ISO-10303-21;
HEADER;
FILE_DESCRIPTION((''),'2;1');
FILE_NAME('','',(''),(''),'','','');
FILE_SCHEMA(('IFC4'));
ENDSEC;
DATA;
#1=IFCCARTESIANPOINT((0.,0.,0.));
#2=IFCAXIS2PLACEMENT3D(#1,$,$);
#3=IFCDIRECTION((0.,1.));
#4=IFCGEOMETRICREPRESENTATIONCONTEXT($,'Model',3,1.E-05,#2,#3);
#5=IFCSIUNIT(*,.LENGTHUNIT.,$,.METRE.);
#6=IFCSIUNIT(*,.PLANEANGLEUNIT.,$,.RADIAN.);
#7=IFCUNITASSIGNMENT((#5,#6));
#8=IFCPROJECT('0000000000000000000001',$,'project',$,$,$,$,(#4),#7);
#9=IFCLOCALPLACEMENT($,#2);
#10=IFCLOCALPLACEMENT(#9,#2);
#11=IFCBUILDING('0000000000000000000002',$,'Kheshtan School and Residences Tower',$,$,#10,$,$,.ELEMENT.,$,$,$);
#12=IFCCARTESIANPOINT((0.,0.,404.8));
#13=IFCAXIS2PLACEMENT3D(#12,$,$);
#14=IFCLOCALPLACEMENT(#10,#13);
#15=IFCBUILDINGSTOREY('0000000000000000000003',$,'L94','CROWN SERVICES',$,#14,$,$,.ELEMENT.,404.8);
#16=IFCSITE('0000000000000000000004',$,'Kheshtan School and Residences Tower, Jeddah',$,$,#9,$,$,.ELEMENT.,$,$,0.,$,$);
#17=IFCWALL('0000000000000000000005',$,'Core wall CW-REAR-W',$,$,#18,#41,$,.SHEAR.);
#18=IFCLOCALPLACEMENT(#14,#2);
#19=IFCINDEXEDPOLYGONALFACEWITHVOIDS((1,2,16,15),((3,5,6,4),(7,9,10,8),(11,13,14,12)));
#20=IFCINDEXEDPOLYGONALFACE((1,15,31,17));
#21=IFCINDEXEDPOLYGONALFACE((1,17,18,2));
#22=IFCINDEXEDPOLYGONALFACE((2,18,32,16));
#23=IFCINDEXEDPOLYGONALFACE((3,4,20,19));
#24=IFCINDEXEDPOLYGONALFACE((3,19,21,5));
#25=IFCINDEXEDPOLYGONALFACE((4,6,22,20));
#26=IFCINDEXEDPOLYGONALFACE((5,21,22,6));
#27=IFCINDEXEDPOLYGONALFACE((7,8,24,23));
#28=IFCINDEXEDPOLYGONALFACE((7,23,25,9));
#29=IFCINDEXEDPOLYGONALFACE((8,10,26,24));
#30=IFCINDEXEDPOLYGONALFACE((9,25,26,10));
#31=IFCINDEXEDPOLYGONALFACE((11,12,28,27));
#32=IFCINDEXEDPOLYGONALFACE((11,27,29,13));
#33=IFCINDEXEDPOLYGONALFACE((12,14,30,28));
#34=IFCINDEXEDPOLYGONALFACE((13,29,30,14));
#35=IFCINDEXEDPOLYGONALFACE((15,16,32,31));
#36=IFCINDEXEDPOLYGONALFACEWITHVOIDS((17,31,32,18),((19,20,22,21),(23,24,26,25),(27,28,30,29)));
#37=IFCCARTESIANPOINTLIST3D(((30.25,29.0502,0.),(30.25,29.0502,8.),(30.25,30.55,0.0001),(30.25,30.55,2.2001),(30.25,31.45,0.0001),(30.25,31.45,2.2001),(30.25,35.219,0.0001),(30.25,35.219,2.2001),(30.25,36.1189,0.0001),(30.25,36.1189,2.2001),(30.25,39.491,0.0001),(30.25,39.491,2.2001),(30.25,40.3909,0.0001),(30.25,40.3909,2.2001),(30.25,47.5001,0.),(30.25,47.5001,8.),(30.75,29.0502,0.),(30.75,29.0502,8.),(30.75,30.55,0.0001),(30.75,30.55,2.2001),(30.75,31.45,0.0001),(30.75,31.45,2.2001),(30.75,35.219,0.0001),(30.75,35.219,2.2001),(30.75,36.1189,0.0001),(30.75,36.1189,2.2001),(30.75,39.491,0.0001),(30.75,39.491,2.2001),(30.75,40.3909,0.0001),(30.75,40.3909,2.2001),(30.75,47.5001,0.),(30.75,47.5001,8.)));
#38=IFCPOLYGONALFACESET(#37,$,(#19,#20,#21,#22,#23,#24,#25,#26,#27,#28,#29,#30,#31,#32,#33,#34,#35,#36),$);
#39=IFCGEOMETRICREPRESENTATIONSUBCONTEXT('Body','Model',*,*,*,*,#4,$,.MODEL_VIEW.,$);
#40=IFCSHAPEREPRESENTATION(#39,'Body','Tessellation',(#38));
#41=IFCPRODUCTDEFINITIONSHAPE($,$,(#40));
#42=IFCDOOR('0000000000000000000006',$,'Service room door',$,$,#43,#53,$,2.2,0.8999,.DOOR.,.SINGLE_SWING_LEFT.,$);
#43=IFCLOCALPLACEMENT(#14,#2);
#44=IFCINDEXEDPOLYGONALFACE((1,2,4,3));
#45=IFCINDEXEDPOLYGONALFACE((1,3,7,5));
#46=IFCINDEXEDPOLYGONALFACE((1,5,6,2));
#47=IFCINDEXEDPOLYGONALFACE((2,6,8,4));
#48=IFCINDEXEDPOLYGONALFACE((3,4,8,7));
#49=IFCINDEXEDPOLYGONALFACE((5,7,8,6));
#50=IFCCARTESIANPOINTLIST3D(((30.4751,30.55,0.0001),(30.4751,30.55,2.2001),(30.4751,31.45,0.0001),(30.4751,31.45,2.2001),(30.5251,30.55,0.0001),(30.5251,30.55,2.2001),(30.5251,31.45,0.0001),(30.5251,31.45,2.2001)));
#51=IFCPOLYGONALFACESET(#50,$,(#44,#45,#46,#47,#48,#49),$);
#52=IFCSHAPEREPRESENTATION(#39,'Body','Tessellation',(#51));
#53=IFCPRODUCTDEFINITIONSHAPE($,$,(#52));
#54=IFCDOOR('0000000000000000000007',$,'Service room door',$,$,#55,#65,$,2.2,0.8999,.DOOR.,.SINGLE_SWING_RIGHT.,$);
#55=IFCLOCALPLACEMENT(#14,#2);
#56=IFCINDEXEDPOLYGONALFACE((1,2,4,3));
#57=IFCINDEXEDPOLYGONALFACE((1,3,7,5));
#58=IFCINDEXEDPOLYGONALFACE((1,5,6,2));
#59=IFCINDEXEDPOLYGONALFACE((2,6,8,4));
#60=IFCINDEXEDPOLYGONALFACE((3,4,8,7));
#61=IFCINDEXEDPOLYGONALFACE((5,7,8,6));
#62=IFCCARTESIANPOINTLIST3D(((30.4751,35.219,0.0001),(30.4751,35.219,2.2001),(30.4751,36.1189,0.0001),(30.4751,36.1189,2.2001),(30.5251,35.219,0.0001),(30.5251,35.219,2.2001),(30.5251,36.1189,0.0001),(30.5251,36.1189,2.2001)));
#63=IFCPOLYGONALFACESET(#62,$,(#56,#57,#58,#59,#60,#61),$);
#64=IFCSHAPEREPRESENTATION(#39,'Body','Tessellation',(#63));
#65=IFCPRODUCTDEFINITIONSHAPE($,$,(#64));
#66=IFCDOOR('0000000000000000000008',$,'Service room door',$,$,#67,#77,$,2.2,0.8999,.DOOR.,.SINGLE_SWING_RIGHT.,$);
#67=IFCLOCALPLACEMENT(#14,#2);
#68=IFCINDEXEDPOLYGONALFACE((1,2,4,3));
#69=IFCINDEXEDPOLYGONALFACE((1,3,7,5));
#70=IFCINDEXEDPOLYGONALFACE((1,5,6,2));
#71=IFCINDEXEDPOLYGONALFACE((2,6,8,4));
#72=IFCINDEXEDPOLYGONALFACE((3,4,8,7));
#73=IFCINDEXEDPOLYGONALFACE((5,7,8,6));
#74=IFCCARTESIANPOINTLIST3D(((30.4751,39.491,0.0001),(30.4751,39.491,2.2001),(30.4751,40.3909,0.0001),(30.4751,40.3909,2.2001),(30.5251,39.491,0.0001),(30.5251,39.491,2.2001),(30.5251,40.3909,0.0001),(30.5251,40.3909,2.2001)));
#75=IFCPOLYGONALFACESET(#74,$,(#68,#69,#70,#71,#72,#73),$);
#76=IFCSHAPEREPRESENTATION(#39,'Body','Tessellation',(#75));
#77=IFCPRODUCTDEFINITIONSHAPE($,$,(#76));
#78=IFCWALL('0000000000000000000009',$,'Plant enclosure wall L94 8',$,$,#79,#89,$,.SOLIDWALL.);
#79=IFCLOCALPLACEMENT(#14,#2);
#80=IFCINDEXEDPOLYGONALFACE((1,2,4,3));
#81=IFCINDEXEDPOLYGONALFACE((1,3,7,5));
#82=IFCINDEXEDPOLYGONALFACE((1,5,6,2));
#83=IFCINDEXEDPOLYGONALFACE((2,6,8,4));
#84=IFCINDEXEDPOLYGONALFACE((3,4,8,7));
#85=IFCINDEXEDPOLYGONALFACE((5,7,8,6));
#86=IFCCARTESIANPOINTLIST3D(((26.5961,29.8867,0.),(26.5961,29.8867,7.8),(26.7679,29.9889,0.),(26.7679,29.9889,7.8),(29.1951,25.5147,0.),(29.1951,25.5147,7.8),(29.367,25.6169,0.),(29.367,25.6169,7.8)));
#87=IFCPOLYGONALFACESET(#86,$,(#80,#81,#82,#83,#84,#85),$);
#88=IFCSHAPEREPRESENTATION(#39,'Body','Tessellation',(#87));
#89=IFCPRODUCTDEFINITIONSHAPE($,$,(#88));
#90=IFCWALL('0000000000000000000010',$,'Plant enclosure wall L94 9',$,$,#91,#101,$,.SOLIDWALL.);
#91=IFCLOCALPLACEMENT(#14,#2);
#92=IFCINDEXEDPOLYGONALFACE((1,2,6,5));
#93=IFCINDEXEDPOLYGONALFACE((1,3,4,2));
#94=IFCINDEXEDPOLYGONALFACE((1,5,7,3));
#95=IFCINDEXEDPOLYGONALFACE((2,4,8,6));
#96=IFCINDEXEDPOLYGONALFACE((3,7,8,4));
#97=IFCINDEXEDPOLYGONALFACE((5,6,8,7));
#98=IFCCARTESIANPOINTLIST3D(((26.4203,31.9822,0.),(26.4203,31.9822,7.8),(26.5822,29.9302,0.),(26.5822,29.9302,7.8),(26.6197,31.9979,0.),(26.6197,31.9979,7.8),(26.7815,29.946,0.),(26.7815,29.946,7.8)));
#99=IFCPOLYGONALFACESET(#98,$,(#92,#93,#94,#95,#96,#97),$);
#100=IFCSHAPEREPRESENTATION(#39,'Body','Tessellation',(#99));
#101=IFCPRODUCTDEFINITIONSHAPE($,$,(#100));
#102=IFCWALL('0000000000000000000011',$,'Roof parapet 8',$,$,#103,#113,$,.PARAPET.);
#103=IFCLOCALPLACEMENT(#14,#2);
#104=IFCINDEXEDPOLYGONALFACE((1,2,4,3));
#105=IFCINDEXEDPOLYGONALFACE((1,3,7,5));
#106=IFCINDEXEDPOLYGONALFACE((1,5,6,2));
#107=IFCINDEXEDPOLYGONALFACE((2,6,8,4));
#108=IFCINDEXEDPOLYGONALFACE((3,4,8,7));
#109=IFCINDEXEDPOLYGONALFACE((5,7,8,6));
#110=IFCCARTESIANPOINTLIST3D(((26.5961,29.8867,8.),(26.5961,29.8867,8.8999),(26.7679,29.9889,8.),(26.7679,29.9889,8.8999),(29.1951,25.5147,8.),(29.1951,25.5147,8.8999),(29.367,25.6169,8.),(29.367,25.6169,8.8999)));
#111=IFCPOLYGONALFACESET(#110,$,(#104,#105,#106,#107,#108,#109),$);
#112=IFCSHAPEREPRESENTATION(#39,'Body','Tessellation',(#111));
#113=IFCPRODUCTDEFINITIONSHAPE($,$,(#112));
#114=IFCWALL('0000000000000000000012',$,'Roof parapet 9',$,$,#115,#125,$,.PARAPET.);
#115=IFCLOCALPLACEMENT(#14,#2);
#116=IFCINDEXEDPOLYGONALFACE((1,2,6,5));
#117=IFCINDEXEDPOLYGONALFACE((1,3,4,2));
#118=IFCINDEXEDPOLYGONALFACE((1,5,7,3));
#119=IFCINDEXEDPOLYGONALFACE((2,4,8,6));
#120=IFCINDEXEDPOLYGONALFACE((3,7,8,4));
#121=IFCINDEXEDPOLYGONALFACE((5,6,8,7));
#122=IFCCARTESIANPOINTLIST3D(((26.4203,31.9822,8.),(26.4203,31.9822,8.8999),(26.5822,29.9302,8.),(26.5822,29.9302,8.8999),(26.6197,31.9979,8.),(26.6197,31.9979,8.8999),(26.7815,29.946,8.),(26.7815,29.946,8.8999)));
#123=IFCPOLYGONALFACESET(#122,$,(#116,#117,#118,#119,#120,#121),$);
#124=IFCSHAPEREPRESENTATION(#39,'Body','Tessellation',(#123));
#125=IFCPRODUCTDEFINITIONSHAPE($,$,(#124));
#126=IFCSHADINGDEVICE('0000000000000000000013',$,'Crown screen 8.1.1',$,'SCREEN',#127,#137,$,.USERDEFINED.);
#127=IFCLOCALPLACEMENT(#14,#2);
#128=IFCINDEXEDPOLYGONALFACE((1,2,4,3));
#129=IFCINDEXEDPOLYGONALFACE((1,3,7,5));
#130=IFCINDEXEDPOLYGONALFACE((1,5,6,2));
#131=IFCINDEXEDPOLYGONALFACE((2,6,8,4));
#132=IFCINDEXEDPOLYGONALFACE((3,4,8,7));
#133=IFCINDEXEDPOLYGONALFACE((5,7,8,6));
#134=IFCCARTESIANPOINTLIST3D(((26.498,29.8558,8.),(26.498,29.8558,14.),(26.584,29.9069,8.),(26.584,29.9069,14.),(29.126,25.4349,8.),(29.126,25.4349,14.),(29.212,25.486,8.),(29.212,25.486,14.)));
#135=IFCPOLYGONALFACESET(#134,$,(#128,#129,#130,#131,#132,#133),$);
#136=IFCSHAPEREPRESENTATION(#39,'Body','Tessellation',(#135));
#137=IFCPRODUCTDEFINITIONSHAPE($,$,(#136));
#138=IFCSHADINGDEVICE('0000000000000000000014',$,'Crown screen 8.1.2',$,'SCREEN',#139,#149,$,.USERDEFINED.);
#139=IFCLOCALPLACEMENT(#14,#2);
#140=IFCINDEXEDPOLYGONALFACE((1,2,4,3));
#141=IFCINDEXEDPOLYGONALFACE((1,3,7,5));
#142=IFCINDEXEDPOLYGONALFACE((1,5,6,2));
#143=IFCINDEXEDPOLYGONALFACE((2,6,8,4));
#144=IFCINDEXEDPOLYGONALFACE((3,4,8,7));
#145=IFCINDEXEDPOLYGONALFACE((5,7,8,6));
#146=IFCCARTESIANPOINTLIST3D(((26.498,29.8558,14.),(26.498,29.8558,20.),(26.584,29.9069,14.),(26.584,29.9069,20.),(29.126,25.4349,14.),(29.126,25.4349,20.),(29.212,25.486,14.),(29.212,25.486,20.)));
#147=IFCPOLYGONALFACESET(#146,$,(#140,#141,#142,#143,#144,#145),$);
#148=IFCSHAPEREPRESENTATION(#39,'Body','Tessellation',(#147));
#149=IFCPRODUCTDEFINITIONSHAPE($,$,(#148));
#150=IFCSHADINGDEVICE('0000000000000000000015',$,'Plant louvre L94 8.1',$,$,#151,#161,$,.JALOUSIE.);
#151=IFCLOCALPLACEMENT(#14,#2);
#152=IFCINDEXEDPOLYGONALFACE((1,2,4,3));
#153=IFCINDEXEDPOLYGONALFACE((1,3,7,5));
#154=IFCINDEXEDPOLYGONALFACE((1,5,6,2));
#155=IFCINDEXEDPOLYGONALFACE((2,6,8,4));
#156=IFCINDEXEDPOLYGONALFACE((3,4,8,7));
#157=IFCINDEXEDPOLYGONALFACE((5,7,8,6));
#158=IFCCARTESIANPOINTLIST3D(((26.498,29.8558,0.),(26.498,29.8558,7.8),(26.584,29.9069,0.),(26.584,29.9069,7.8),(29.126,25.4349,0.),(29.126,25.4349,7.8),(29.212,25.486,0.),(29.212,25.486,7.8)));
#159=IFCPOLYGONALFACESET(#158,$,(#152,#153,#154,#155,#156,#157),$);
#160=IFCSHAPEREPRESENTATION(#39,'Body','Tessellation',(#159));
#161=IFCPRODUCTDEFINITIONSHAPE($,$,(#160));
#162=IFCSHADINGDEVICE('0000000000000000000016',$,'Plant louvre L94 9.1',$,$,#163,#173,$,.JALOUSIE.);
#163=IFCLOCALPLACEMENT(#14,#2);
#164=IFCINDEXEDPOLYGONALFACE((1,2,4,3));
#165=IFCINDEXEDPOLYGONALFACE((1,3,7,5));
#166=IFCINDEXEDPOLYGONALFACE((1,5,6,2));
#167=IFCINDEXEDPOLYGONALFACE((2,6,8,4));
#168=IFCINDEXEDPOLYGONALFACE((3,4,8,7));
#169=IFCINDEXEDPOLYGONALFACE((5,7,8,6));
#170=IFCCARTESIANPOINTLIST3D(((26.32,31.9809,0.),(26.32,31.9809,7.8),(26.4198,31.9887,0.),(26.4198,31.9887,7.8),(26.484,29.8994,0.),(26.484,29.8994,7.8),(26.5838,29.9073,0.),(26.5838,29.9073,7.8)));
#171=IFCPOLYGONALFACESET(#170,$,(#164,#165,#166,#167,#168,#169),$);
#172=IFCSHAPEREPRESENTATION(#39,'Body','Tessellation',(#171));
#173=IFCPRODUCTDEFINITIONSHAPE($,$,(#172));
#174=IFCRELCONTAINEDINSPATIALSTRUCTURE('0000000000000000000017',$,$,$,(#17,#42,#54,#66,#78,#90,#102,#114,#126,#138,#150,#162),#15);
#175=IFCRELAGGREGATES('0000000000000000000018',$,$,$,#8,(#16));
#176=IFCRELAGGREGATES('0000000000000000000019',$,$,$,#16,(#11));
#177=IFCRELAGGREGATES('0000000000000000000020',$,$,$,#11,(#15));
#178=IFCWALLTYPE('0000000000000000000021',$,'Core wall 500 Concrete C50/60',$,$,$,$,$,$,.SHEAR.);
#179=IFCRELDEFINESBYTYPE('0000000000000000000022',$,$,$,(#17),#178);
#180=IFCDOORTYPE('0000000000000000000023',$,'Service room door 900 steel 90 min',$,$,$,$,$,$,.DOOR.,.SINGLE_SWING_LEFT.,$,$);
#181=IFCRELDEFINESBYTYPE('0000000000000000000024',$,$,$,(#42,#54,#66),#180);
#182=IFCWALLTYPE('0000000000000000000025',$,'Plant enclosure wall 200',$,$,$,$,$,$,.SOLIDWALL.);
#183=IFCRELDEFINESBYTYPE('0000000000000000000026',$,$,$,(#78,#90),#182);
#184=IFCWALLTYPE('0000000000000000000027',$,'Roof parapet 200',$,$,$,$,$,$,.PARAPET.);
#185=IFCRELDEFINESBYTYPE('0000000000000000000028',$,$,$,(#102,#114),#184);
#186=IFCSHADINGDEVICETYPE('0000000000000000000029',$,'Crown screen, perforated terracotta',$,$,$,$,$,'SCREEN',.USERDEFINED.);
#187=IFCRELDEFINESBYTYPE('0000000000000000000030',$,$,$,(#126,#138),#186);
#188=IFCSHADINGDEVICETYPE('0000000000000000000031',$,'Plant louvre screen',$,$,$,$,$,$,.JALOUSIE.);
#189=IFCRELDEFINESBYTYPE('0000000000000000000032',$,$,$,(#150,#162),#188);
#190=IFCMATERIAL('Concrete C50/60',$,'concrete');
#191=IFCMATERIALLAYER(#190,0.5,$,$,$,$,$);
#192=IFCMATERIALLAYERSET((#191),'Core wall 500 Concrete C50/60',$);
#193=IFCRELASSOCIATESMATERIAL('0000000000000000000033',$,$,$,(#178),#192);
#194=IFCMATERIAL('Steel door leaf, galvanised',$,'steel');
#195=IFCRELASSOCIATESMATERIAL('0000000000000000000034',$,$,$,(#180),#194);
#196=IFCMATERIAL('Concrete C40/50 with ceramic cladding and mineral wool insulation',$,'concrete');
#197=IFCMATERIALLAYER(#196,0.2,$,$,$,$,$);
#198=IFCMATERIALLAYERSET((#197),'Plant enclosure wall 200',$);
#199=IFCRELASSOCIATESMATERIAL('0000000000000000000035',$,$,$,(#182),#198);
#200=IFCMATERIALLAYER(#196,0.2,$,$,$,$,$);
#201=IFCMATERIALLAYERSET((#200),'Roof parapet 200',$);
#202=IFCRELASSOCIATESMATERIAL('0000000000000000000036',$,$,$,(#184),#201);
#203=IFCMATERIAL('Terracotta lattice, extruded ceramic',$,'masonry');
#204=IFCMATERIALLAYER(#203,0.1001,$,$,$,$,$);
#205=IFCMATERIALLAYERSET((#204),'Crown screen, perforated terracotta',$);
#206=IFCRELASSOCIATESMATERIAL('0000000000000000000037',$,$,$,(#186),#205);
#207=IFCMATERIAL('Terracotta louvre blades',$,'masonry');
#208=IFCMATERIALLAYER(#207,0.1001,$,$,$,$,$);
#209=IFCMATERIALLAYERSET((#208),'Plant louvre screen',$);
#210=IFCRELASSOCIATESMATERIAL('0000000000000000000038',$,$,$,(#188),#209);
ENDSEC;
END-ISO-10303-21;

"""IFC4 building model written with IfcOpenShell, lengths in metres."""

from ifc_helpers import new_model, si_unit, direction, frame, frame_2d, origin, origin_2d, place, context, subcontext, project, spatial, rectangle, extrude, source, transform, mapped, material, layer, layer_set, type_object, element, fill, save


model = new_model("IFC4")

# Units and contexts
model_context = context("Model", 3, precision=1e-05, world=origin(), true_north=direction((0.0, 1.0)))
body_context = subcontext(model_context, "Body", "Model", "MODEL_VIEW")
ifc_project = project(units=[si_unit("LENGTHUNIT", "METRE"), si_unit("PLANEANGLEUNIT", "RADIAN")], contexts=[model_context])

# Site, building, storey
site_placement = place(None, origin())
site = spatial("IfcSite", under=ifc_project, at=site_placement, Name="Kheshtan School and Residences Tower, Jeddah", CompositionType="ELEMENT", RefElevation=0.0)
building_placement = place(site_placement, origin())
building = spatial("IfcBuilding", under=site, at=building_placement, Name="Kheshtan School and Residences Tower", CompositionType="ELEMENT")
storey_placement = place(building_placement, frame((0.0, 0.0, 404.8)))
storey = spatial("IfcBuildingStorey", under=building, at=storey_placement, Name="L94", Description="CROWN SERVICES", CompositionType="ELEMENT", Elevation=404.8)

# Wall, openings, doors
ifc_material_1 = material(Name="Concrete C50/60", Category="concrete")
ifc_layer_1 = layer(ifc_material_1, 0.5)
ifc_layer_set_1 = layer_set([ifc_layer_1], Name="Core wall 500 Concrete C50/60")
wall_type_1 = type_object("IfcWallType", Name="Core wall 500 Concrete C50/60", PredefinedType="SHEAR", material=ifc_layer_set_1)
wall_1_placement = place(storey_placement, frame((30.5, 29.05, 0.0), z_axis=(0.0, 0.0, 1.0), x_axis=(0.0, 1.0, 0.0)))
wall_1 = element("IfcWall", 1, at=wall_1_placement, inside=storey, type_object=wall_type_1, Name="Core wall CW-REAR-W", PredefinedType="SHEAR", context=body_context, shape_type="SweptSolid", body=[
    extrude(rectangle(XDim=18.45, YDim=0.5, at=frame_2d((9.2251, 0.0))), origin(), (0.0, 0.0, 1.0), 8.0),
])
opening_1_placement = place(wall_1_placement, frame((1.5, 0.0, 0.0)))
opening_1 = element("IfcOpeningElement", 2, at=opening_1_placement, cuts=wall_1, PredefinedType="OPENING", context=body_context, shape_type="SweptSolid", body=[
    extrude(rectangle(XDim=0.8999, YDim=2.2, at=frame_2d((0.45, 1.1001))), frame((0.0, 0.26, 0.0), z_axis=(0.0, -1.0, 0.0), x_axis=(1.0, 0.0, 0.0)), (0.0, 0.0, 1.0), 0.52),
])
opening_2_placement = place(wall_1_placement, frame((6.1689, 0.0, 0.0)))
opening_2 = element("IfcOpeningElement", 3, at=opening_2_placement, cuts=wall_1, PredefinedType="OPENING", context=body_context, shape_type="SweptSolid", body=[
    extrude(rectangle(XDim=0.8999, YDim=2.2, at=frame_2d((0.45, 1.1001))), frame((0.0, 0.26, 0.0), z_axis=(0.0, -1.0, 0.0), x_axis=(1.0, 0.0, 0.0)), (0.0, 0.0, 1.0), 0.52),
])
opening_3_placement = place(wall_1_placement, frame((10.4409, 0.0, 0.0)))
opening_3 = element("IfcOpeningElement", 4, at=opening_3_placement, cuts=wall_1, PredefinedType="OPENING", context=body_context, shape_type="SweptSolid", body=[
    extrude(rectangle(XDim=0.8999, YDim=2.2, at=frame_2d((0.45, 1.1001))), frame((0.0, 0.26, 0.0), z_axis=(0.0, -1.0, 0.0), x_axis=(1.0, 0.0, 0.0)), (0.0, 0.0, 1.0), 0.52),
])
ifc_material_2 = material(Name="Steel door leaf, galvanised", Category="steel")
door_type = type_object("IfcDoorType", Name="Service room door 900 steel 90 min", OperationType="SINGLE_SWING_LEFT", PredefinedType="DOOR", material=ifc_material_2)
shared_shape = source(origin(), body_context, "Body", "SweptSolid", [
    extrude(rectangle(XDim=0.8999, YDim=2.2, at=frame_2d((0.45, 1.1001))), frame((0.0, 0.0249, 0.0), z_axis=(0.0, -1.0, 0.0), x_axis=(1.0, 0.0, 0.0)), (0.0, 0.0, 1.0), 0.05),
])
door_1_placement = place(opening_1_placement, origin())
door_1 = element("IfcDoor", 5, at=door_1_placement, inside=storey, type_object=door_type, Name="Service room door", OperationType="SINGLE_SWING_LEFT", OverallHeight=2.2, OverallWidth=0.8999, PredefinedType="DOOR", context=body_context, shape_type="MappedRepresentation", body=[
    mapped(shared_shape, transform((0.0, 0.0, 0.0), x_axis=(1.0, 0.0, 0.0), y_axis=(0.0, 1.0, 0.0), z_axis=(0.0, 0.0, 1.0), scale=1.0)),
])
fill(opening_1, door_1)
door_2_placement = place(opening_2_placement, origin())
door_2 = element("IfcDoor", 6, at=door_2_placement, inside=storey, type_object=door_type, Name="Service room door", OperationType="SINGLE_SWING_RIGHT", OverallHeight=2.2, OverallWidth=0.8999, PredefinedType="DOOR", context=body_context, shape_type="MappedRepresentation", body=[
    mapped(shared_shape, transform((0.0, 0.0, 0.0), x_axis=(1.0, 0.0, 0.0), y_axis=(0.0, 1.0, 0.0), z_axis=(0.0, 0.0, 1.0), scale=1.0)),
])
fill(opening_2, door_2)
door_3_placement = place(opening_3_placement, origin())
door_3 = element("IfcDoor", 7, at=door_3_placement, inside=storey, type_object=door_type, Name="Service room door", OperationType="SINGLE_SWING_RIGHT", OverallHeight=2.2, OverallWidth=0.8999, PredefinedType="DOOR", context=body_context, shape_type="MappedRepresentation", body=[
    mapped(shared_shape, transform((0.0, 0.0, 0.0), x_axis=(1.0, 0.0, 0.0), y_axis=(0.0, 1.0, 0.0), z_axis=(0.0, 0.0, 1.0), scale=1.0)),
])
fill(opening_3, door_3)

# Walls
ifc_material_3 = material(Name="Concrete C40/50 with ceramic cladding and mineral wool insulation", Category="concrete")
ifc_layer_2 = layer(ifc_material_3, 0.2)
ifc_layer_set_2 = layer_set([ifc_layer_2], Name="Plant enclosure wall 200")
wall_type_2 = type_object("IfcWallType", Name="Plant enclosure wall 200", PredefinedType="SOLIDWALL", material=ifc_layer_set_2)
wall_2_placement = place(storey_placement, frame((29.281, 25.5659, 0.0), z_axis=(0.0, 0.0, 1.0), x_axis=(-0.511004, 0.859578, 0.0)))
element("IfcWall", 8, at=wall_2_placement, inside=storey, type_object=wall_type_2, Name="Plant enclosure wall L94 8", PredefinedType="SOLIDWALL", context=body_context, shape_type="SweptSolid", body=[
    extrude(rectangle(XDim=5.0862, YDim=0.2, at=frame_2d((2.543, 0.0))), origin(), (0.0, 0.0, 1.0), 7.8),
])
wall_3_placement = place(storey_placement, frame((26.6819, 29.938, 0.0), z_axis=(0.0, 0.0, 1.0), x_axis=(-0.078637, 0.996903, 0.0)))
element("IfcWall", 9, at=wall_3_placement, inside=storey, type_object=wall_type_2, Name="Plant enclosure wall L94 9", PredefinedType="SOLIDWALL", context=body_context, shape_type="SweptSolid", body=[
    extrude(rectangle(XDim=2.0583, YDim=0.2, at=frame_2d((1.0293, 0.0))), origin(), (0.0, 0.0, 1.0), 7.8),
])
ifc_layer_3 = layer(ifc_material_3, 0.2)
ifc_layer_set_3 = layer_set([ifc_layer_3], Name="Roof parapet 200")
wall_type_3 = type_object("IfcWallType", Name="Roof parapet 200", PredefinedType="PARAPET", material=ifc_layer_set_3)
wall_4_placement = place(storey_placement, frame((29.281, 25.5659, 8.0), z_axis=(0.0, 0.0, 1.0), x_axis=(-0.511004, 0.859578, 0.0)))
element("IfcWall", 10, at=wall_4_placement, inside=storey, type_object=wall_type_3, Name="Roof parapet 8", PredefinedType="PARAPET", context=body_context, shape_type="SweptSolid", body=[
    extrude(rectangle(XDim=5.0862, YDim=0.2, at=frame_2d((2.543, 0.0))), origin(), (0.0, 0.0, 1.0), 0.8999),
])
wall_5_placement = place(storey_placement, frame((26.6819, 29.938, 8.0), z_axis=(0.0, 0.0, 1.0), x_axis=(-0.078637, 0.996903, 0.0)))
element("IfcWall", 11, at=wall_5_placement, inside=storey, type_object=wall_type_3, Name="Roof parapet 9", PredefinedType="PARAPET", context=body_context, shape_type="SweptSolid", body=[
    extrude(rectangle(XDim=2.0583, YDim=0.2, at=frame_2d((1.0293, 0.0))), origin(), (0.0, 0.0, 1.0), 0.8999),
])

# Shading devices
ifc_material_4 = material(Name="Terracotta lattice, extruded ceramic", Category="masonry")
ifc_layer_4 = layer(ifc_material_4, 0.1001)
ifc_layer_set_4 = layer_set([ifc_layer_4], Name="Crown screen, perforated terracotta")
shading_device_type_1 = type_object("IfcShadingDeviceType", Name="Crown screen, perforated terracotta", ElementType="SCREEN", PredefinedType="USERDEFINED", material=ifc_layer_set_4)
for number, where, z_axis, x_axis, name in (
    (12, (27.855, 27.6709, 8.0), (0.0, 0.0, 1.0), (-0.510978, 0.859594, 0.0), "Crown screen 8.1.1"),
    (13, (27.855, 27.6709, 14.0), (0.0, 0.0, 1.0), (-0.510978, 0.859594, 0.0), "Crown screen 8.1.2"),
):
    element("IfcShadingDevice", number, at=place(storey_placement, frame(where, z_axis=z_axis, x_axis=x_axis)), inside=storey, type_object=shading_device_type_1, Name=name, ObjectType="SCREEN", PredefinedType="USERDEFINED", context=body_context, shape_type="SweptSolid", body=[
        extrude(rectangle(XDim=5.1431, YDim=0.1001, at=origin_2d()), origin(), (0.0, 0.0, 1.0), 6.0),
    ])
ifc_material_5 = material(Name="Terracotta louvre blades", Category="masonry")
ifc_layer_5 = layer(ifc_material_5, 0.1001)
ifc_layer_set_5 = layer_set([ifc_layer_5], Name="Plant louvre screen")
shading_device_type_2 = type_object("IfcShadingDeviceType", Name="Plant louvre screen", PredefinedType="JALOUSIE", material=ifc_layer_set_5)
shading_device_1_placement = place(storey_placement, frame((27.855, 27.6709, 0.0), z_axis=(0.0, 0.0, 1.0), x_axis=(-0.510978, 0.859594, 0.0)))
element("IfcShadingDevice", 14, at=shading_device_1_placement, inside=storey, type_object=shading_device_type_2, Name="Plant louvre L94 8.1", PredefinedType="JALOUSIE", context=body_context, shape_type="SweptSolid", body=[
    extrude(rectangle(XDim=5.1431, YDim=0.1001, at=origin_2d()), origin(), (0.0, 0.0, 1.0), 7.8),
])
shading_device_2_placement = place(storey_placement, frame((26.4519, 30.9441, 0.0), z_axis=(0.0, 0.0, 1.0), x_axis=(-0.078529, 0.996912, 0.0)))
element("IfcShadingDevice", 15, at=shading_device_2_placement, inside=storey, type_object=shading_device_type_2, Name="Plant louvre L94 9.1", PredefinedType="JALOUSIE", context=body_context, shape_type="SweptSolid", body=[
    extrude(rectangle(XDim=2.0879, YDim=0.1001, at=origin_2d()), origin(), (0.0, 0.0, 1.0), 7.8),
])

save(model, "model.ifc")
